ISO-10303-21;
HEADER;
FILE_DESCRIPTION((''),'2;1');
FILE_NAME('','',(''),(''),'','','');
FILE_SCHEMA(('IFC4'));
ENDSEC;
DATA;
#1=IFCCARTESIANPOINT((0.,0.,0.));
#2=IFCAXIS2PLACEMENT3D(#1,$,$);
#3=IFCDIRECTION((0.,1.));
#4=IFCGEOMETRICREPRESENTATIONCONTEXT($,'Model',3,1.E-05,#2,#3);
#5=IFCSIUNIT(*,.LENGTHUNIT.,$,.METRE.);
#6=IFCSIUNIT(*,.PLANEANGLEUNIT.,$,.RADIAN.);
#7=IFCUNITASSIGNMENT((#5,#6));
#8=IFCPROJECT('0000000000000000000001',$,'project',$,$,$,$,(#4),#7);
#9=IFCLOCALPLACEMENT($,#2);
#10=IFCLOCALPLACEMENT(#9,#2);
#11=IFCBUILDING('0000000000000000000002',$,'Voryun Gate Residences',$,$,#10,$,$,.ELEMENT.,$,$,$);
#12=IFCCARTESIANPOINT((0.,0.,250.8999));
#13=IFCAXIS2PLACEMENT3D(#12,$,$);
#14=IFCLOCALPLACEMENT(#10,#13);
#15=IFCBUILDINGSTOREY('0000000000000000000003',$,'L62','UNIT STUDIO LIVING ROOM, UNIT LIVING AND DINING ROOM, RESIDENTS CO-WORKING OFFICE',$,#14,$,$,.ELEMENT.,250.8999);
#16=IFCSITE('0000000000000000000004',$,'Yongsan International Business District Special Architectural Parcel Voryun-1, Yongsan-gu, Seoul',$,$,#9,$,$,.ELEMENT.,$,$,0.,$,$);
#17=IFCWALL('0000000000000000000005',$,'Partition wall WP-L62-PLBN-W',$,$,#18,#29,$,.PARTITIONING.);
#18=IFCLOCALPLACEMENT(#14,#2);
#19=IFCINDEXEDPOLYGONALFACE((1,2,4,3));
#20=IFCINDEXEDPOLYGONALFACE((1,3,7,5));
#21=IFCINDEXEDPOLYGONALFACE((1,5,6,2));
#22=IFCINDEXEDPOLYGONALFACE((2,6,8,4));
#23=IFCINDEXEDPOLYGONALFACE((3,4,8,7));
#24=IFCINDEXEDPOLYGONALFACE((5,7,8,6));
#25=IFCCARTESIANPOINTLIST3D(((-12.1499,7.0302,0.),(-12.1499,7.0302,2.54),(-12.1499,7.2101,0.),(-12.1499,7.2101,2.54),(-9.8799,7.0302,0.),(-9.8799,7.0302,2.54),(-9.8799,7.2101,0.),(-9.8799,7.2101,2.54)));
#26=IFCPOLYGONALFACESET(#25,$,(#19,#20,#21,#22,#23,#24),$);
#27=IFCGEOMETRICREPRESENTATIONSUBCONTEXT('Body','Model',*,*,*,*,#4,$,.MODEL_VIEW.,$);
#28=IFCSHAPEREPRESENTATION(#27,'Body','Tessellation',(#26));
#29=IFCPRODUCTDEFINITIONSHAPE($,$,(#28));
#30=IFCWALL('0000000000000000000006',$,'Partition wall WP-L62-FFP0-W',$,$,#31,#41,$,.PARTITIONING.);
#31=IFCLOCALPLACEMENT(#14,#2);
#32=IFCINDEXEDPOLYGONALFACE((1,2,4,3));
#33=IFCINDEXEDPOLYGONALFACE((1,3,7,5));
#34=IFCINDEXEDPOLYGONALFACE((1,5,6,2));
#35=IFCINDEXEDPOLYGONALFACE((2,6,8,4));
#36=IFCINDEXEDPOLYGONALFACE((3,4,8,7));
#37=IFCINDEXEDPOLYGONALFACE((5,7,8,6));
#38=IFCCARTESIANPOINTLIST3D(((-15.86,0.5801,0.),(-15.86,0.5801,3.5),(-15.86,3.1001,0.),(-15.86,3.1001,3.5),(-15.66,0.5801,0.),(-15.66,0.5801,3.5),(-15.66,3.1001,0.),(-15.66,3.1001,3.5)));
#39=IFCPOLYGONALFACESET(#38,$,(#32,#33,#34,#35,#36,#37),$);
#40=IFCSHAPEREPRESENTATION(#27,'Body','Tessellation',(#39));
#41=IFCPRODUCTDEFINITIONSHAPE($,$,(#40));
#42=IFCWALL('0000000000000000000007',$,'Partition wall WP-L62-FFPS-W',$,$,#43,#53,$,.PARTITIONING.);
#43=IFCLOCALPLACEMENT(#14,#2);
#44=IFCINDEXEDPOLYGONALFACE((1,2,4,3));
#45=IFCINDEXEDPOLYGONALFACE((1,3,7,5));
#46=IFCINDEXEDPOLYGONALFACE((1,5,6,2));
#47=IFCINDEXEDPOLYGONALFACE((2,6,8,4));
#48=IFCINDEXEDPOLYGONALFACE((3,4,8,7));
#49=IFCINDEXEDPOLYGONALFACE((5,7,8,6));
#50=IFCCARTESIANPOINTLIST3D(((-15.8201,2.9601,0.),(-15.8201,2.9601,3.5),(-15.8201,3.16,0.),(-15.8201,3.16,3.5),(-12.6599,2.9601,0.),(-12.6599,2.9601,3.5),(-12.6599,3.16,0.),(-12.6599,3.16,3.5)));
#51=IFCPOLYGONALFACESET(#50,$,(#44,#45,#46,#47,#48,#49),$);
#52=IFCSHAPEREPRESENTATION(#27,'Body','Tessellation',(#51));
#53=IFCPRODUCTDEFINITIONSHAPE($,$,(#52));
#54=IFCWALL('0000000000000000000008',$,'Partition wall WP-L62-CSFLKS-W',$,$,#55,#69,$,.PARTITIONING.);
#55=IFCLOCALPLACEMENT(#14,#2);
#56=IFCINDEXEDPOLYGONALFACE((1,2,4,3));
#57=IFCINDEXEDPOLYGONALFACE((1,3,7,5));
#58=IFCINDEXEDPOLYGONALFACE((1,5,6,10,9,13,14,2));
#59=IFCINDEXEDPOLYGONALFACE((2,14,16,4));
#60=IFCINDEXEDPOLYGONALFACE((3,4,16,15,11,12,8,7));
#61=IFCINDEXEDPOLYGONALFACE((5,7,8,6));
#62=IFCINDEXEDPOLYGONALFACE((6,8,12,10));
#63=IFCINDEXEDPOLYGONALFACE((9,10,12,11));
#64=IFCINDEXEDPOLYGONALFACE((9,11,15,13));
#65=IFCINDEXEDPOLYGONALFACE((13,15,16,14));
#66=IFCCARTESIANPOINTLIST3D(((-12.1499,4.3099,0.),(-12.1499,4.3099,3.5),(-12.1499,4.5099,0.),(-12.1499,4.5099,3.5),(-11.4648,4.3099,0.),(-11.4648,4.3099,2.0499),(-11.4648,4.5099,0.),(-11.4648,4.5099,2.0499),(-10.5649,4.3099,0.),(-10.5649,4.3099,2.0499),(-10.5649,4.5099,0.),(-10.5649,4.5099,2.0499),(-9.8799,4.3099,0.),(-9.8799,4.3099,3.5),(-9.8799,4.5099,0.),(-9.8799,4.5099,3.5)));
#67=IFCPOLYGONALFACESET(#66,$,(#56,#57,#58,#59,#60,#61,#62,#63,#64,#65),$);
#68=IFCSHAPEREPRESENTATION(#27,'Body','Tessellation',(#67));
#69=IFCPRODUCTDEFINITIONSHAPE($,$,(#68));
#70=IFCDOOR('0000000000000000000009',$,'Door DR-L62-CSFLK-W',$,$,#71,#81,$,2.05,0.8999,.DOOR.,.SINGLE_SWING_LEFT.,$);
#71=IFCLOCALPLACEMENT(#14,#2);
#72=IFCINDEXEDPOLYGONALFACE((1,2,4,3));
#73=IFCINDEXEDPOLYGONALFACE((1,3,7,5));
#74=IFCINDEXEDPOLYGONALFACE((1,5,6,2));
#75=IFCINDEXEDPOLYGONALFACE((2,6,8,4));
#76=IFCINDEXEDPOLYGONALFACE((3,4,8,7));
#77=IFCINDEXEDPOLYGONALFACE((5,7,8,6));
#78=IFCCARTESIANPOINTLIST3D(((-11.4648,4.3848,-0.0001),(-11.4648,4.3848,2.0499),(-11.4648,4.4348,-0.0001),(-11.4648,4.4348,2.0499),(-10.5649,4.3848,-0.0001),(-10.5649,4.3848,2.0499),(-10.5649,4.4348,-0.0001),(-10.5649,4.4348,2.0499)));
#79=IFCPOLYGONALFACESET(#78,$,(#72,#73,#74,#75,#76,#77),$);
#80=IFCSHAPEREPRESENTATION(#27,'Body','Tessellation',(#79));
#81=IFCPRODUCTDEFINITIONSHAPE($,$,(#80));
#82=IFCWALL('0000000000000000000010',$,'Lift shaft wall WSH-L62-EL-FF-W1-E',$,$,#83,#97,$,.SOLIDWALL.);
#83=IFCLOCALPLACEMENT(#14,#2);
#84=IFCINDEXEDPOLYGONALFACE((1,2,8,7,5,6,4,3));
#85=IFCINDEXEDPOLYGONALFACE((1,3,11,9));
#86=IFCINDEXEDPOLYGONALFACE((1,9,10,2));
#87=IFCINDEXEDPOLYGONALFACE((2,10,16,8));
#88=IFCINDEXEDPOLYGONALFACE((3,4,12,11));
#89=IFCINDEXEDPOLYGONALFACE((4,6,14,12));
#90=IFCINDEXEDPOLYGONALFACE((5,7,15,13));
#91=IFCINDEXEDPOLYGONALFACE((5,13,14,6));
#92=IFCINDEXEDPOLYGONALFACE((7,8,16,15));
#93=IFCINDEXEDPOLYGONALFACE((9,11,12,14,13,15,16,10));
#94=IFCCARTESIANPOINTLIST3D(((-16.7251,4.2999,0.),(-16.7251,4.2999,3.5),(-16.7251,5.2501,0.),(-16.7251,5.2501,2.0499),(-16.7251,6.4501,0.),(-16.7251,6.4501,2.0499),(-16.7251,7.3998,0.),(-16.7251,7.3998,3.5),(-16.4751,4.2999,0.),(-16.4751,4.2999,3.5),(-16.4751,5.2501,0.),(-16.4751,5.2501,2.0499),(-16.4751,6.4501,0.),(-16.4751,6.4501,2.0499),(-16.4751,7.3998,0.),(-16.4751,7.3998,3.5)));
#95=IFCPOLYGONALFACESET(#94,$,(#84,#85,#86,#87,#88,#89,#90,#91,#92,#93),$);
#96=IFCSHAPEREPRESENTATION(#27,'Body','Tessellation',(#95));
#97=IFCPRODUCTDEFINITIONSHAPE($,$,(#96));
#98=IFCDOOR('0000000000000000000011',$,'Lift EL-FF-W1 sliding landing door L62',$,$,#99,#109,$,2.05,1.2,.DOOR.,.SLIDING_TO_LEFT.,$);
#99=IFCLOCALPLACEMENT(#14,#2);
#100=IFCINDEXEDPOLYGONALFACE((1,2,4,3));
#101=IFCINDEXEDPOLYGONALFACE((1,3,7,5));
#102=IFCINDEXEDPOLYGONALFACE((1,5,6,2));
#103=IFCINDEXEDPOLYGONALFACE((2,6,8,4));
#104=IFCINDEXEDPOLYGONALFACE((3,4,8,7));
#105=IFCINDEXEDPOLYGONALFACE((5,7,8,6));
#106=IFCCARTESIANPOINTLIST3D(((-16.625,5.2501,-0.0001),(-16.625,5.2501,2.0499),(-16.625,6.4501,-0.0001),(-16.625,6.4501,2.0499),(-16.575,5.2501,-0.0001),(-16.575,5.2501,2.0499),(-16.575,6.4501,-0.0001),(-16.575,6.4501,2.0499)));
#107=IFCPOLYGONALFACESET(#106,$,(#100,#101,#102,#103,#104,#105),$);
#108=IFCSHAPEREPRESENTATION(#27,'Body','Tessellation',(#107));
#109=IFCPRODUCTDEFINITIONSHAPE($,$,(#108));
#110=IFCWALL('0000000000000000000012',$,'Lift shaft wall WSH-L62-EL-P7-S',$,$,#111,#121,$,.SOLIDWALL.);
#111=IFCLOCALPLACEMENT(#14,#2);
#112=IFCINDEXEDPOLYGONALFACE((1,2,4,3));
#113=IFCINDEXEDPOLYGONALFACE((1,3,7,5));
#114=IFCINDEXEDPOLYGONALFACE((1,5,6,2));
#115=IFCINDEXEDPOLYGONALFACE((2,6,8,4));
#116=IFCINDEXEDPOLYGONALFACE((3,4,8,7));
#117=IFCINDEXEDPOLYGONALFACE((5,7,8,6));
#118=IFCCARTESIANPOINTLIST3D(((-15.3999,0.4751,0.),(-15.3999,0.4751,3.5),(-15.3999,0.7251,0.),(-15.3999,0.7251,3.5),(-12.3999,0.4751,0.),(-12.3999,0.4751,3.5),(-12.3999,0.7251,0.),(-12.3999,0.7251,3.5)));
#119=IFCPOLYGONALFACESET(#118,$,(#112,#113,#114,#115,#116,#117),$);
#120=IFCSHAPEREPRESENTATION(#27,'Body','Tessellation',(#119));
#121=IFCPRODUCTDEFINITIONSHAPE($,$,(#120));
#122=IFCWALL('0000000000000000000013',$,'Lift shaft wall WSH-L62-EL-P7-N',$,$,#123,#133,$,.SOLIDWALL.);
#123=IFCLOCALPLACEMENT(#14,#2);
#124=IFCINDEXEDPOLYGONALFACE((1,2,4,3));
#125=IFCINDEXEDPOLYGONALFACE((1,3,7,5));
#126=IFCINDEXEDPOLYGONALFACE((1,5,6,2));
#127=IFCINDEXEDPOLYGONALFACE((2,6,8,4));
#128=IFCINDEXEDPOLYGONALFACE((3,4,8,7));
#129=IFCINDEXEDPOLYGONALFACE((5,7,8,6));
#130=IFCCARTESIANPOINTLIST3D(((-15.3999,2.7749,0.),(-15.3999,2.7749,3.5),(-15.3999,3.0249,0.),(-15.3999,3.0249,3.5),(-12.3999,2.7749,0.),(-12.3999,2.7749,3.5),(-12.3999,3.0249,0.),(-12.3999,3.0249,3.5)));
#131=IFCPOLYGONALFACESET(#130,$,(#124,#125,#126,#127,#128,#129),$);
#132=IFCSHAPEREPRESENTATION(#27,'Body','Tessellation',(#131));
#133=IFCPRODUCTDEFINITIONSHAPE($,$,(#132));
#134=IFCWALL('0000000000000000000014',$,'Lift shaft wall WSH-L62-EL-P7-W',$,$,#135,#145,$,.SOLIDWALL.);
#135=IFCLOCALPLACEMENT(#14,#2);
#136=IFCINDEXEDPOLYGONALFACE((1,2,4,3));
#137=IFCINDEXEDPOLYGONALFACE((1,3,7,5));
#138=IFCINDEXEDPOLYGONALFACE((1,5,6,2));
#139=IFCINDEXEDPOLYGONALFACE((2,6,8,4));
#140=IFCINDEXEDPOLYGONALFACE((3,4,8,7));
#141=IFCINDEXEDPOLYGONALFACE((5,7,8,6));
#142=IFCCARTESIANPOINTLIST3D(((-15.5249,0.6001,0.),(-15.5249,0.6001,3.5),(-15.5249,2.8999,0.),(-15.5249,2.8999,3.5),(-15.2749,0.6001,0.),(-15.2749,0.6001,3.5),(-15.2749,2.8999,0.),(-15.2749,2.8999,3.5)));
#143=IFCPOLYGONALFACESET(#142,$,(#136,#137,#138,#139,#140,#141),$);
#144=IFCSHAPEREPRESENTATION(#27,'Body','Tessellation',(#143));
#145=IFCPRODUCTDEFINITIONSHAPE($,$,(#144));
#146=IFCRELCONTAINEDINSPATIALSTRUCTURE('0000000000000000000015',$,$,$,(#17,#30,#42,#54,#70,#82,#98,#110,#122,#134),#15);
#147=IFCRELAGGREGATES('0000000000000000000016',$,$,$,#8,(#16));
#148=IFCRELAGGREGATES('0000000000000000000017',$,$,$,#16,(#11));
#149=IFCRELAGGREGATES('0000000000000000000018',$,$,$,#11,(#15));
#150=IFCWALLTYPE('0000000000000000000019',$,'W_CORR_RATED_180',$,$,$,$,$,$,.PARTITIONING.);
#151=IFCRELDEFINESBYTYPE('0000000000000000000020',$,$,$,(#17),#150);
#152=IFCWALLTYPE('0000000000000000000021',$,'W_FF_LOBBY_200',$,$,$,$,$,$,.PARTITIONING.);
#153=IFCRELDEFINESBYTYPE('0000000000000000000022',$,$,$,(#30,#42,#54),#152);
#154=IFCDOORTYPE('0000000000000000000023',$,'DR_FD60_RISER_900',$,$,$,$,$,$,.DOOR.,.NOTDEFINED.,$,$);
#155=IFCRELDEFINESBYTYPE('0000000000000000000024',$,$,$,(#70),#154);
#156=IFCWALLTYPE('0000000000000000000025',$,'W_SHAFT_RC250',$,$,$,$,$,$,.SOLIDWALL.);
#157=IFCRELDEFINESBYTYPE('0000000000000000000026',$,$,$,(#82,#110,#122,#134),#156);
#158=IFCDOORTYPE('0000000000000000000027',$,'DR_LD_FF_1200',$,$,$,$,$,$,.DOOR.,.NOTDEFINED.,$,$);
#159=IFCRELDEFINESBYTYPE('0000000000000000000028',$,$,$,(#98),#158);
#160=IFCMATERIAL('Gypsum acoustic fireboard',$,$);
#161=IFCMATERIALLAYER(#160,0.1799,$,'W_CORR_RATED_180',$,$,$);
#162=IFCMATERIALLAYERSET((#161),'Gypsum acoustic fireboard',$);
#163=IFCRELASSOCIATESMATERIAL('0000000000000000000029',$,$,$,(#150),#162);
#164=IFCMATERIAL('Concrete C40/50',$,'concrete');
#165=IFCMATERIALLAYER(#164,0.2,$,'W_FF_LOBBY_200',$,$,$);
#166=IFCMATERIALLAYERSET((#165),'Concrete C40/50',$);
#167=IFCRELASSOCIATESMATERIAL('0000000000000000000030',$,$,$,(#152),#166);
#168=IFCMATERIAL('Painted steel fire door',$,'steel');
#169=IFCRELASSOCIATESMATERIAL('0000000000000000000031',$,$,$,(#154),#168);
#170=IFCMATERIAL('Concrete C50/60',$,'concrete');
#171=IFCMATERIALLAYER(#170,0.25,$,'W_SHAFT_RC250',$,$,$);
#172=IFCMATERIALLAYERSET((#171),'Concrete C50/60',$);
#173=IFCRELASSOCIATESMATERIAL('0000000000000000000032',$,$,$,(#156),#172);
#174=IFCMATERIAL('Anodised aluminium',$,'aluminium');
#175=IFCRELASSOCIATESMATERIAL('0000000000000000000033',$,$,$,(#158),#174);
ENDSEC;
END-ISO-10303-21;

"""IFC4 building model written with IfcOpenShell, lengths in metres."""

from ifc_helpers import new_model, si_unit, direction, frame, frame_2d, origin, place, context, subcontext, project, spatial, rectangle, extrude, material, layer, layer_set, type_object, element, fill, save


model = new_model("IFC4")

# Units and contexts
model_context = context("Model", 3, precision=1e-05, world=origin(), true_north=direction((0.0, 1.0)))
body_context = subcontext(model_context, "Body", "Model", "MODEL_VIEW")
ifc_project = project(units=[si_unit("LENGTHUNIT", "METRE"), si_unit("PLANEANGLEUNIT", "RADIAN")], contexts=[model_context])

# Site, building, storey
site_placement = place(None, origin())
site = spatial("IfcSite", under=ifc_project, at=site_placement, Name="Yongsan International Business District Special Architectural Parcel Voryun-1, Yongsan-gu, Seoul", CompositionType="ELEMENT", RefElevation=0.0)
building_placement = place(site_placement, origin())
building = spatial("IfcBuilding", under=site, at=building_placement, Name="Voryun Gate Residences", CompositionType="ELEMENT")
storey_placement = place(building_placement, frame((0.0, 0.0, 250.8999)))
storey = spatial("IfcBuildingStorey", under=building, at=storey_placement, Name="L62", Description="UNIT STUDIO LIVING ROOM, UNIT LIVING AND DINING ROOM, RESIDENTS CO-WORKING OFFICE", CompositionType="ELEMENT", Elevation=250.8999)

# Walls
ifc_material_1 = material(Name="Gypsum acoustic fireboard")
ifc_layer_1 = layer(ifc_material_1, 0.1799, Name="W_CORR_RATED_180")
ifc_layer_set_1 = layer_set([ifc_layer_1], Name="Gypsum acoustic fireboard")
wall_type_1 = type_object("IfcWallType", Name="W_CORR_RATED_180", PredefinedType="PARTITIONING", material=ifc_layer_set_1)
wall_1_placement = place(storey_placement, frame((-12.1499, 7.1201, 0.0), z_axis=(0.0, 0.0, 1.0), x_axis=(1.0, 0.0, 0.0)))
element("IfcWall", 1, at=wall_1_placement, inside=storey, type_object=wall_type_1, Name="Partition wall WP-L62-PLBN-W", PredefinedType="PARTITIONING", context=body_context, shape_type="SweptSolid", body=[
    extrude(rectangle(XDim=2.27, YDim=0.1799, at=frame_2d((1.135, 0.0))), origin(), (0.0, 0.0, 1.0), 2.54),
])
ifc_material_2 = material(Name="Concrete C40/50", Category="concrete")
ifc_layer_2 = layer(ifc_material_2, 0.2, Name="W_FF_LOBBY_200")
ifc_layer_set_2 = layer_set([ifc_layer_2], Name="Concrete C40/50")
wall_type_2 = type_object("IfcWallType", Name="W_FF_LOBBY_200", PredefinedType="PARTITIONING", material=ifc_layer_set_2)
wall_2_placement = place(storey_placement, frame((-15.76, 0.5801, 0.0), z_axis=(0.0, 0.0, 1.0), x_axis=(0.0, 1.0, 0.0)))
element("IfcWall", 2, at=wall_2_placement, inside=storey, type_object=wall_type_2, Name="Partition wall WP-L62-FFP0-W", PredefinedType="PARTITIONING", context=body_context, shape_type="SweptSolid", body=[
    extrude(rectangle(XDim=2.52, YDim=0.2, at=frame_2d((1.26, 0.0))), origin(), (0.0, 0.0, 1.0), 3.5),
])
wall_3_placement = place(storey_placement, frame((-15.8201, 3.0601, 0.0), z_axis=(0.0, 0.0, 1.0), x_axis=(1.0, 0.0, 0.0)))
element("IfcWall", 3, at=wall_3_placement, inside=storey, type_object=wall_type_2, Name="Partition wall WP-L62-FFPS-W", PredefinedType="PARTITIONING", context=body_context, shape_type="SweptSolid", body=[
    extrude(rectangle(XDim=3.1602, YDim=0.2, at=frame_2d((1.5801, 0.0))), origin(), (0.0, 0.0, 1.0), 3.5),
])

# Walls, openings, doors
wall_4_placement = place(storey_placement, frame((-12.1499, 4.4099, 0.0), z_axis=(0.0, 0.0, 1.0), x_axis=(1.0, 0.0, 0.0)))
wall_4 = element("IfcWall", 4, at=wall_4_placement, inside=storey, type_object=wall_type_2, Name="Partition wall WP-L62-CSFLKS-W", PredefinedType="PARTITIONING", context=body_context, shape_type="SweptSolid", body=[
    extrude(rectangle(XDim=2.27, YDim=0.2, at=frame_2d((1.135, 0.0))), origin(), (0.0, 0.0, 1.0), 3.5),
])
opening_1_placement = place(wall_4_placement, frame((0.6851, 0.0, 0.0)))
opening_1 = element("IfcOpeningElement", 5, at=opening_1_placement, cuts=wall_4, PredefinedType="OPENING", context=body_context, shape_type="SweptSolid", body=[
    extrude(rectangle(XDim=0.8999, YDim=2.05, at=frame_2d((0.45, 1.0249))), frame((0.0, 0.1101, 0.0), z_axis=(0.0, -1.0, 0.0), x_axis=(1.0, 0.0, 0.0)), (0.0, 0.0, 1.0), 0.22),
])
ifc_material_3 = material(Name="Painted steel fire door", Category="steel")
door_type_1 = type_object("IfcDoorType", Name="DR_FD60_RISER_900", OperationType="NOTDEFINED", PredefinedType="DOOR", material=ifc_material_3)
door_1_placement = place(opening_1_placement, origin())
door_1 = element("IfcDoor", 6, at=door_1_placement, inside=storey, type_object=door_type_1, Name="Door DR-L62-CSFLK-W", OperationType="SINGLE_SWING_LEFT", OverallHeight=2.05, OverallWidth=0.8999, PredefinedType="DOOR", context=body_context, shape_type="SweptSolid", body=[
    extrude(rectangle(XDim=0.8999, YDim=2.05, at=frame_2d((0.45, 1.0249))), frame((0.0, 0.0249, 0.0), z_axis=(0.0, -1.0, 0.0), x_axis=(1.0, 0.0, 0.0)), (0.0, 0.0, 1.0), 0.05),
])
fill(opening_1, door_1)
ifc_material_4 = material(Name="Concrete C50/60", Category="concrete")
ifc_layer_3 = layer(ifc_material_4, 0.25, Name="W_SHAFT_RC250")
ifc_layer_set_3 = layer_set([ifc_layer_3], Name="Concrete C50/60")
wall_type_3 = type_object("IfcWallType", Name="W_SHAFT_RC250", PredefinedType="SOLIDWALL", material=ifc_layer_set_3)
wall_5_placement = place(storey_placement, frame((-16.6001, 4.3, 0.0), z_axis=(0.0, 0.0, 1.0), x_axis=(0.0, 1.0, 0.0)))
wall_5 = element("IfcWall", 7, at=wall_5_placement, inside=storey, type_object=wall_type_3, Name="Lift shaft wall WSH-L62-EL-FF-W1-E", PredefinedType="SOLIDWALL", context=body_context, shape_type="SweptSolid", body=[
    extrude(rectangle(XDim=3.0999, YDim=0.25, at=frame_2d((1.5498, 0.0))), origin(), (0.0, 0.0, 1.0), 3.5),
])
opening_2_placement = place(wall_5_placement, frame((0.95, 0.0, 0.0)))
opening_2 = element("IfcOpeningElement", 8, at=opening_2_placement, cuts=wall_5, PredefinedType="OPENING", context=body_context, shape_type="SweptSolid", body=[
    extrude(rectangle(XDim=1.2, YDim=2.05, at=frame_2d((0.6001, 1.0249))), frame((0.0, 0.135, 0.0), z_axis=(0.0, -1.0, 0.0), x_axis=(1.0, 0.0, 0.0)), (0.0, 0.0, 1.0), 0.27),
])
ifc_material_5 = material(Name="Anodised aluminium", Category="aluminium")
door_type_2 = type_object("IfcDoorType", Name="DR_LD_FF_1200", OperationType="NOTDEFINED", PredefinedType="DOOR", material=ifc_material_5)
door_2_placement = place(opening_2_placement, origin())
door_2 = element("IfcDoor", 9, at=door_2_placement, inside=storey, type_object=door_type_2, Name="Lift EL-FF-W1 sliding landing door L62", OperationType="SLIDING_TO_LEFT", OverallHeight=2.05, OverallWidth=1.2, PredefinedType="DOOR", context=body_context, shape_type="SweptSolid", body=[
    extrude(rectangle(XDim=1.2, YDim=2.05, at=frame_2d((0.6001, 1.0249))), frame((0.0, 0.0249, 0.0), z_axis=(0.0, -1.0, 0.0), x_axis=(1.0, 0.0, 0.0)), (0.0, 0.0, 1.0), 0.05),
])
fill(opening_2, door_2)

# Walls
for number, where, z_axis, x_axis, name in (
    (10, (-15.3999, 0.6001, 0.0), (0.0, 0.0, 1.0), (1.0, 0.0, 0.0), "Lift shaft wall WSH-L62-EL-P7-S"),
    (11, (-12.3999, 2.8999, 0.0), (0.0, 0.0, 1.0), (-1.0, 0.0, 0.0), "Lift shaft wall WSH-L62-EL-P7-N"),
):
    element("IfcWall", number, at=place(storey_placement, frame(where, z_axis=z_axis, x_axis=x_axis)), inside=storey, type_object=wall_type_3, Name=name, PredefinedType="SOLIDWALL", context=body_context, shape_type="SweptSolid", body=[
        extrude(rectangle(XDim=3.0, YDim=0.25, at=frame_2d((1.5, 0.0))), origin(), (0.0, 0.0, 1.0), 3.5),
    ])
wall_6_placement = place(storey_placement, frame((-15.3999, 2.8999, 0.0), z_axis=(0.0, 0.0, 1.0), x_axis=(0.0, -1.0, 0.0)))
element("IfcWall", 12, at=wall_6_placement, inside=storey, type_object=wall_type_3, Name="Lift shaft wall WSH-L62-EL-P7-W", PredefinedType="SOLIDWALL", context=body_context, shape_type="SweptSolid", body=[
    extrude(rectangle(XDim=2.2998, YDim=0.25, at=frame_2d((1.1499, 0.0))), origin(), (0.0, 0.0, 1.0), 3.5),
])

save(model, "model.ifc")
